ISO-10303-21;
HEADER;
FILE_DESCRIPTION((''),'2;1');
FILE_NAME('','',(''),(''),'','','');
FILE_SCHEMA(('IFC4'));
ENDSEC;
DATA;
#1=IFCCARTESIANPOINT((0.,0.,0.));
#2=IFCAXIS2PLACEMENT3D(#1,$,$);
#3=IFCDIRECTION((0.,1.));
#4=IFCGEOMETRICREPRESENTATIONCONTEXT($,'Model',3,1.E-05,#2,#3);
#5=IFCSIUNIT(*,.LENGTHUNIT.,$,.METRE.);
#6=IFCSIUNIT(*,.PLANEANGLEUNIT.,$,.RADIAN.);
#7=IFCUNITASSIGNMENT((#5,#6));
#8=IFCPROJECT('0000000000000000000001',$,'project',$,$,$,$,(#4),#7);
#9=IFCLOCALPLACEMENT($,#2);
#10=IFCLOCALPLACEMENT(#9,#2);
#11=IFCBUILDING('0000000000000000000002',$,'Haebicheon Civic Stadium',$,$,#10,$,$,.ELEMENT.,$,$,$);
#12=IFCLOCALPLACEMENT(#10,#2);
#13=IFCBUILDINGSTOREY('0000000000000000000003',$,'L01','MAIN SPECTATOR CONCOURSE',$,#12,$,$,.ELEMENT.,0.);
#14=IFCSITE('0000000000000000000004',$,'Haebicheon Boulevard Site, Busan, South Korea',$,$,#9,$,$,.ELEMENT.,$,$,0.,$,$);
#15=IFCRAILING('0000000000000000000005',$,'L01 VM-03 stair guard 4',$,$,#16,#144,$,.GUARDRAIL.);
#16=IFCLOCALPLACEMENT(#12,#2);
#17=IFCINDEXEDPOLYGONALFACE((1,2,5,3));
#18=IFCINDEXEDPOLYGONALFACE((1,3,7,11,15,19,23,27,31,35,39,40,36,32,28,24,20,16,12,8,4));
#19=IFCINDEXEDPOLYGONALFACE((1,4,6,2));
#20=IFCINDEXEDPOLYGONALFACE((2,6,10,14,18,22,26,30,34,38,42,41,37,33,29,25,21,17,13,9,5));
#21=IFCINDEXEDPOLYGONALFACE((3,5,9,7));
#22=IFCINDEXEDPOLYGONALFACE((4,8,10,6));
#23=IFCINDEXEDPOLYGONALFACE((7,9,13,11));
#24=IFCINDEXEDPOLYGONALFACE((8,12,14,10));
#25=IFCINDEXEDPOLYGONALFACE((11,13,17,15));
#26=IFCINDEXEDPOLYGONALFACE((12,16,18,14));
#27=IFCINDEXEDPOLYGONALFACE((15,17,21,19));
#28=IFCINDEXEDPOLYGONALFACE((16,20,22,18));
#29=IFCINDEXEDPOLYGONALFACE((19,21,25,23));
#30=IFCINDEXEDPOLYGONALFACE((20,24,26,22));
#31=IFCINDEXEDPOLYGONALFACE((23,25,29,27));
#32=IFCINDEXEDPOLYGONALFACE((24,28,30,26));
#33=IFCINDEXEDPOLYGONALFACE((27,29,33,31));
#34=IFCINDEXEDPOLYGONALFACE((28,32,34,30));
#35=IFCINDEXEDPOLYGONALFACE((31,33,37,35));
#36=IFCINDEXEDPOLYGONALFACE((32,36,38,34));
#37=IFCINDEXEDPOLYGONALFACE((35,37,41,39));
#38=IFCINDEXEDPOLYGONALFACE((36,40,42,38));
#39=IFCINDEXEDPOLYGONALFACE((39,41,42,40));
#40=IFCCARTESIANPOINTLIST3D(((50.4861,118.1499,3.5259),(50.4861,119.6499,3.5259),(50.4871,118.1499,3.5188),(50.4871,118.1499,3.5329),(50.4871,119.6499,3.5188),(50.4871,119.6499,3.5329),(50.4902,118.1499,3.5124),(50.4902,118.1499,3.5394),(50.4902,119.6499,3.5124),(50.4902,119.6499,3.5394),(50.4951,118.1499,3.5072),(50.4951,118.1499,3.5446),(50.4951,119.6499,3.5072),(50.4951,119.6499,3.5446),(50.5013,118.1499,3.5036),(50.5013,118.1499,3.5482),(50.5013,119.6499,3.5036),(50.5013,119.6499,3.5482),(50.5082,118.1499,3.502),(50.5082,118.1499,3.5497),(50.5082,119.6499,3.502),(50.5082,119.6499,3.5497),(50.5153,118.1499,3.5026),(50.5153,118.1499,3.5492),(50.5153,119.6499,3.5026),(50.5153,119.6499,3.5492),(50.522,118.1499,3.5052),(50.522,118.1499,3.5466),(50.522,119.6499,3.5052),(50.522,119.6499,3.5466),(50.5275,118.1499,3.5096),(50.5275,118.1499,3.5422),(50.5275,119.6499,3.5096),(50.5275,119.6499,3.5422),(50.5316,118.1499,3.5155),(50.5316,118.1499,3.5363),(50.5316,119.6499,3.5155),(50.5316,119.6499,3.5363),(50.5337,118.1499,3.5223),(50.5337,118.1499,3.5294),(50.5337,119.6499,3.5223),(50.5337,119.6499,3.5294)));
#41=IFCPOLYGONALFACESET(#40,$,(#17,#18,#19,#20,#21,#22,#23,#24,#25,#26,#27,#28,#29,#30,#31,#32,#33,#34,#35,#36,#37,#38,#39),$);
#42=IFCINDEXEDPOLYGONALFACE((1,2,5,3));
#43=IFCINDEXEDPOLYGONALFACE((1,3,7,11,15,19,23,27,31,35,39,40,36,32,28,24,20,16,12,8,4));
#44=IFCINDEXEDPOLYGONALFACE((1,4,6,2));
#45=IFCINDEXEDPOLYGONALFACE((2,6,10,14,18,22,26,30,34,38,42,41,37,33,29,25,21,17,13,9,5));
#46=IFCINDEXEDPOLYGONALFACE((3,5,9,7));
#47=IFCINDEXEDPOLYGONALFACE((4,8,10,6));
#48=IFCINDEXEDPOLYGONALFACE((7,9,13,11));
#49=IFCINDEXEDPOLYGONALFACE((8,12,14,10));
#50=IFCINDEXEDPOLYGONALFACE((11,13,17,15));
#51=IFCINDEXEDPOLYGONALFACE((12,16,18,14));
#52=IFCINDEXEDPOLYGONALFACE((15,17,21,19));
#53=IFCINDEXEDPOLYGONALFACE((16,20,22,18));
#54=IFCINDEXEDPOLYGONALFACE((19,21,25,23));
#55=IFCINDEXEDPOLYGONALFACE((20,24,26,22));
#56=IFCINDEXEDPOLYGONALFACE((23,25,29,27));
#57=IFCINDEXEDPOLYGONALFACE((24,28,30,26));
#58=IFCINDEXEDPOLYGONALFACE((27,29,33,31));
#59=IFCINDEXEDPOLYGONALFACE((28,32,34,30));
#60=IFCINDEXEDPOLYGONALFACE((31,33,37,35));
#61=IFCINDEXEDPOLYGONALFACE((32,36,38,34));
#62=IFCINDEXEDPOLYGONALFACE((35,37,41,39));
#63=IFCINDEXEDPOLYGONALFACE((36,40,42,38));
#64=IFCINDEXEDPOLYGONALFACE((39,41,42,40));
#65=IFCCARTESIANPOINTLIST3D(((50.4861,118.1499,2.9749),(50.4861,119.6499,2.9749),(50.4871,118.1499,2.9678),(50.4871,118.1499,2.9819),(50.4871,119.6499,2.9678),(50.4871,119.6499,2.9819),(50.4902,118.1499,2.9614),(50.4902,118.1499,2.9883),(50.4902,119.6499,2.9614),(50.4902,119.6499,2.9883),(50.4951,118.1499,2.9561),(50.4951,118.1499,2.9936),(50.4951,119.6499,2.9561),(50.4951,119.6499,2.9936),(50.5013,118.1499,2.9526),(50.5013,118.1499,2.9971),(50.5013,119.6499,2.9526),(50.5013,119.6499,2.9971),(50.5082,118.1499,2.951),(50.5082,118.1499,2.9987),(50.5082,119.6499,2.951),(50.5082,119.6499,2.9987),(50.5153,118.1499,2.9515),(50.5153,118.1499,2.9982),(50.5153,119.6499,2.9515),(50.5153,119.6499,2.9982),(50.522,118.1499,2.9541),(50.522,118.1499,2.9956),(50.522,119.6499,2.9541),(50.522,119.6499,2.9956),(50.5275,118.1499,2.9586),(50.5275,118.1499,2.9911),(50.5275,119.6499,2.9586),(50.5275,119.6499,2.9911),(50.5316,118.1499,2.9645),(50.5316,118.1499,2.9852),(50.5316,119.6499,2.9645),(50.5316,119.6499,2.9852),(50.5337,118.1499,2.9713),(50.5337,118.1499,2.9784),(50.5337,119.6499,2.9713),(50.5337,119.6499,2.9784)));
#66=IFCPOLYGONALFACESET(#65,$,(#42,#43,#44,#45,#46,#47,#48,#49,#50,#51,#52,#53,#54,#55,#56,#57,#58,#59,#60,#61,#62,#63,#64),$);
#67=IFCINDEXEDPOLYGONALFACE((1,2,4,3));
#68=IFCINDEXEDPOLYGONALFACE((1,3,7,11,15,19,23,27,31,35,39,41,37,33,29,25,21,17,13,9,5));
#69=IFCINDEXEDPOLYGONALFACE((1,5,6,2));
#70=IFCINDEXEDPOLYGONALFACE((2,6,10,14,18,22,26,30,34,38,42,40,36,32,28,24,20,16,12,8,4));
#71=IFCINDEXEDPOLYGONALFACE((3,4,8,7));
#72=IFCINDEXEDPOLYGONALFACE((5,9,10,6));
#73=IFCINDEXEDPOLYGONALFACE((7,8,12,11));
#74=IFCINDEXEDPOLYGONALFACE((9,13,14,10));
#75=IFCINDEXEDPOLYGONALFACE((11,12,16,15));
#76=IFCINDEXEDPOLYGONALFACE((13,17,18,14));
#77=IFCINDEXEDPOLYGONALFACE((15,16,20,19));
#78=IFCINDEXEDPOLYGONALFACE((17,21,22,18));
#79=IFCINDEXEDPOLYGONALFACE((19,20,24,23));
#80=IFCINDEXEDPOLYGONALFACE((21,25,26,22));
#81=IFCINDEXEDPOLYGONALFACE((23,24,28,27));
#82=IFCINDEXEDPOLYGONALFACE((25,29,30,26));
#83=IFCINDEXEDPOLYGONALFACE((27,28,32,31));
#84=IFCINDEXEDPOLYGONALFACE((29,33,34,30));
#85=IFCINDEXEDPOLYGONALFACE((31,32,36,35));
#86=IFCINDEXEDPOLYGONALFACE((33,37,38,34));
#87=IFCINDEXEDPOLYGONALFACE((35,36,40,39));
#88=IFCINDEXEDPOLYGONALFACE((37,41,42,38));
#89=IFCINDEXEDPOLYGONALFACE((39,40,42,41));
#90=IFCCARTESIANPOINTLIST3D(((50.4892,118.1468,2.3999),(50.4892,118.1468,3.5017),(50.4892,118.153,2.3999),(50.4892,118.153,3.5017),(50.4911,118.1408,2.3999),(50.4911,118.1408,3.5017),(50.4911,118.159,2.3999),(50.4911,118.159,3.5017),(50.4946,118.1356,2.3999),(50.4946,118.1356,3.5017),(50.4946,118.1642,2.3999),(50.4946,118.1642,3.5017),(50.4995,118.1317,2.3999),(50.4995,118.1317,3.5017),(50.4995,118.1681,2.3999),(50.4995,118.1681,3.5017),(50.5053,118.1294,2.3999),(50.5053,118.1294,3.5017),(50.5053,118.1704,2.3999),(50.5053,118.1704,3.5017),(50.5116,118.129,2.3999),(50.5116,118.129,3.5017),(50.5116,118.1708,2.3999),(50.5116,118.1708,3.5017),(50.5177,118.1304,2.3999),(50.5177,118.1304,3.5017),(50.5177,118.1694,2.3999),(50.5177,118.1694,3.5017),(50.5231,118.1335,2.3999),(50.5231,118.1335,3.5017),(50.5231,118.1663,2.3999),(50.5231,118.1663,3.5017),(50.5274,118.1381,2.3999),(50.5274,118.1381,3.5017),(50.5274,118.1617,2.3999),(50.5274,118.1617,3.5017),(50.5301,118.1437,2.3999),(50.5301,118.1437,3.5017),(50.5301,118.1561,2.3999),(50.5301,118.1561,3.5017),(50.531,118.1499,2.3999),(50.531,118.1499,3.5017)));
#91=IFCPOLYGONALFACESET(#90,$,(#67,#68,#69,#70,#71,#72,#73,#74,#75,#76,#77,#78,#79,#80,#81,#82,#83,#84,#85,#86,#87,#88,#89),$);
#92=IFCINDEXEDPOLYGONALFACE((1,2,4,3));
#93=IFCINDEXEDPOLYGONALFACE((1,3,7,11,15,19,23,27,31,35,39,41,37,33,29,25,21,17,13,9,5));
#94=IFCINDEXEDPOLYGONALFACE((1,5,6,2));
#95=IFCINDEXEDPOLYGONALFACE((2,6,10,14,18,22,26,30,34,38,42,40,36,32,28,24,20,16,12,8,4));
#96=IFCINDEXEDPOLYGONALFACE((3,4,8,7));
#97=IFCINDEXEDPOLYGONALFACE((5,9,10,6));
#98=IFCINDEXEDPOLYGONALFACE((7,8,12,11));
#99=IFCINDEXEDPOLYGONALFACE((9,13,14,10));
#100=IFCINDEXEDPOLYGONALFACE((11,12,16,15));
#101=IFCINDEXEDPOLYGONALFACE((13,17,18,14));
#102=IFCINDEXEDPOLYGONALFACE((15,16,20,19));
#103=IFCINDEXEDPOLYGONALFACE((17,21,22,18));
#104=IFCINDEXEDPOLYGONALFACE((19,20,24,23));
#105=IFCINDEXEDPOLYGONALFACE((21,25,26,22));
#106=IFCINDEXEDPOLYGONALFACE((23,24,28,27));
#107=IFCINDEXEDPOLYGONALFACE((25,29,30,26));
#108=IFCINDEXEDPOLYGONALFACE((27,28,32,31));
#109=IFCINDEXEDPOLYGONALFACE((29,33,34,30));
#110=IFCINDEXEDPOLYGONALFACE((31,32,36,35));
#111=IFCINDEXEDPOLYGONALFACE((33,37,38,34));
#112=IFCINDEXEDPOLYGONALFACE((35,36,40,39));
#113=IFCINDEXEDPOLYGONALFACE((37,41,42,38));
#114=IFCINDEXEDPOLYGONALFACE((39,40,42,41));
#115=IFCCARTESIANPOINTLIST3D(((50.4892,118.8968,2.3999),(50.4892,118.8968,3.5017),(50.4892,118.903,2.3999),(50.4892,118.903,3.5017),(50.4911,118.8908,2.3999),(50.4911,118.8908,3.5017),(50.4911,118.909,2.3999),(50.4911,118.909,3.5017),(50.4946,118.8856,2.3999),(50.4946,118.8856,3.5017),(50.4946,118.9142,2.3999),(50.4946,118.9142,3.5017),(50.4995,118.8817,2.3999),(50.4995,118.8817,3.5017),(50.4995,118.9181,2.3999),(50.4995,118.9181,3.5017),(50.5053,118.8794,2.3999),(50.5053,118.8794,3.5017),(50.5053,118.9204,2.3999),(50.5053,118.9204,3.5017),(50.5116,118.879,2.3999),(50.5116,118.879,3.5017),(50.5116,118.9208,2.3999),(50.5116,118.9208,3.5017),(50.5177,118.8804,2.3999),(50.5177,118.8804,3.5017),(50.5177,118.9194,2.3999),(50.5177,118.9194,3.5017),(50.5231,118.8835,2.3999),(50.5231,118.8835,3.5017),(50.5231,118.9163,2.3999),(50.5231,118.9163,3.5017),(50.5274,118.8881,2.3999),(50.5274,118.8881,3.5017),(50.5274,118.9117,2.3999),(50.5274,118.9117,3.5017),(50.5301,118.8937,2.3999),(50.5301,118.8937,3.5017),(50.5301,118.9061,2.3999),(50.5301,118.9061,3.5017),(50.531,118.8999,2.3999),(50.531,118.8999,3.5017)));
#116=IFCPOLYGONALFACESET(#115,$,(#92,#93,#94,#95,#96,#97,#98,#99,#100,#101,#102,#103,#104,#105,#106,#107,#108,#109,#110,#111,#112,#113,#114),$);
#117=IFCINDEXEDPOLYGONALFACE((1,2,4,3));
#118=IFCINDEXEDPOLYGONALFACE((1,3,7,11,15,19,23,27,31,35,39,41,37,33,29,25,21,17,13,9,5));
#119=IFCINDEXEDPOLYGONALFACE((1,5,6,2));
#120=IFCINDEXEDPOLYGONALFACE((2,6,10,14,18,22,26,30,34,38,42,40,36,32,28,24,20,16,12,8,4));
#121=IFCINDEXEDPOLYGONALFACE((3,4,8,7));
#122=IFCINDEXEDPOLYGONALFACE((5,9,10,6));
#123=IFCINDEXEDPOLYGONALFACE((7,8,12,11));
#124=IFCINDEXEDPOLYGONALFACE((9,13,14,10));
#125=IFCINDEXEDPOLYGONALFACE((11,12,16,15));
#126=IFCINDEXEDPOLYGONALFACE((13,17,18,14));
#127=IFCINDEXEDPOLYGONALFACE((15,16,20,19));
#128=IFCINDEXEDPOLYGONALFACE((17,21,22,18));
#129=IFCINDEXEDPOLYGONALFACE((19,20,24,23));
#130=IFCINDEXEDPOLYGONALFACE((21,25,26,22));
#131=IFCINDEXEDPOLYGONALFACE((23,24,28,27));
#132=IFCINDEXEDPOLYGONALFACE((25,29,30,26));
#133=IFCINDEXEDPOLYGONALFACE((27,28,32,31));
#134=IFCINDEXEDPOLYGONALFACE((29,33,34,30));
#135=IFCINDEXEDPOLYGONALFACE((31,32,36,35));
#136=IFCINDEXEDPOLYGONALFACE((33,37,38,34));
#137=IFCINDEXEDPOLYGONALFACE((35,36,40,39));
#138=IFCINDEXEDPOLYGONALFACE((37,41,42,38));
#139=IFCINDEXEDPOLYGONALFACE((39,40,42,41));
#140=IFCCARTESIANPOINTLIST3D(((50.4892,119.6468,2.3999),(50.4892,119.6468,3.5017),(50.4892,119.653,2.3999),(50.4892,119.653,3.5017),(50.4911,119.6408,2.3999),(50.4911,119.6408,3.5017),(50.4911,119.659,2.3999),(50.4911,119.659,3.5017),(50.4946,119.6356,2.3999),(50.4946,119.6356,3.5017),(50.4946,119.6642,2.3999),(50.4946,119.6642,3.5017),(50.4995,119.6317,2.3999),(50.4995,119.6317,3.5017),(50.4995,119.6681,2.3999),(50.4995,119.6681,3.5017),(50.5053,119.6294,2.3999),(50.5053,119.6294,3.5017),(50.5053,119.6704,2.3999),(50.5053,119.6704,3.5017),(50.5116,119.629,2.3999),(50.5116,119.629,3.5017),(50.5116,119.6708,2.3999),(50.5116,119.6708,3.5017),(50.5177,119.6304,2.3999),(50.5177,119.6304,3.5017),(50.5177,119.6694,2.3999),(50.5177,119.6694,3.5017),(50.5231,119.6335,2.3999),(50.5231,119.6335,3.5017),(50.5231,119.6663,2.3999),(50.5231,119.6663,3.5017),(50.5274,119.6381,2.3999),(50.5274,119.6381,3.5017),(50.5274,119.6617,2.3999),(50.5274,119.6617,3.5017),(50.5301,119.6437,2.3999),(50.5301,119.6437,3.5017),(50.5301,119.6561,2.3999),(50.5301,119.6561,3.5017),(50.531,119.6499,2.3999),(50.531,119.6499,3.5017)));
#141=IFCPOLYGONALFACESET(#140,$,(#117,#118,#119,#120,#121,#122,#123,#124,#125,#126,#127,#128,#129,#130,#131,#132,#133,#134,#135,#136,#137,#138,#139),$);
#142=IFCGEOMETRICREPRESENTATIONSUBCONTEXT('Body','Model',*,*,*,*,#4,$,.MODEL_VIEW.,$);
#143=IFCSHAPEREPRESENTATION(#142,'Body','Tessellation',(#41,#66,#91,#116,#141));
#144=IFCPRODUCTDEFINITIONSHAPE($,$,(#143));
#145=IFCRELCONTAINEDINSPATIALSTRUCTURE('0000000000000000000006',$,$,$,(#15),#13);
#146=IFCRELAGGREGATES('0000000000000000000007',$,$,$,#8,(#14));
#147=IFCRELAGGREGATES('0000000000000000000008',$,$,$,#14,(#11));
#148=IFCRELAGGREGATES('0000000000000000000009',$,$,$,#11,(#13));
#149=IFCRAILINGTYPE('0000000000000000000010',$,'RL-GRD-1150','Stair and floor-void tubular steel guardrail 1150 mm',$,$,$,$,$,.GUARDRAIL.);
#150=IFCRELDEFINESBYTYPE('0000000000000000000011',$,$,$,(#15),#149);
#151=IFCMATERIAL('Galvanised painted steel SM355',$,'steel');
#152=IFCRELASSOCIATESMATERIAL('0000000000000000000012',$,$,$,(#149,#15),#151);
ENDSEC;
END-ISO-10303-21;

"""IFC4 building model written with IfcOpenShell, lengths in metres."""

from ifc_helpers import new_model, si_unit, direction, frame, origin, origin_2d, place, context, subcontext, project, spatial, circle, extrude, material, type_object, element, save


model = new_model("IFC4")

# Units and contexts
model_context = context("Model", 3, precision=1e-05, world=origin(), true_north=direction((0.0, 1.0)))
body_context = subcontext(model_context, "Body", "Model", "MODEL_VIEW")
ifc_project = project(units=[si_unit("LENGTHUNIT", "METRE"), si_unit("PLANEANGLEUNIT", "RADIAN")], contexts=[model_context])

# Site, building, storey
site_placement = place(None, origin())
site = spatial("IfcSite", under=ifc_project, at=site_placement, Name="Haebicheon Boulevard Site, Busan, South Korea", CompositionType="ELEMENT", RefElevation=0.0)
building_placement = place(site_placement, origin())
building = spatial("IfcBuilding", under=site, at=building_placement, Name="Haebicheon Civic Stadium", CompositionType="ELEMENT")
storey_placement = place(building_placement, origin())
storey = spatial("IfcBuildingStorey", under=building, at=storey_placement, Name="L01", Description="MAIN SPECTATOR CONCOURSE", CompositionType="ELEMENT", Elevation=0.0)

# Railing
ifc_material_1 = material(Name="Galvanised painted steel SM355", Category="steel")
railing_type_1 = type_object("IfcRailingType", Name="RL-GRD-1150", Description="Stair and floor-void tubular steel guardrail 1150 mm", PredefinedType="GUARDRAIL", material=ifc_material_1)
for number, where, name in (
    (1, (50.51, 118.1499, 2.3999), "L01 VM-03 stair guard 4"),
):
    element("IfcRailing", number, at=place(storey_placement, frame(where)), inside=storey, type_object=railing_type_1, material=ifc_material_1, Name=name, PredefinedType="GUARDRAIL", context=body_context, shape_type="SweptSolid", body=[
        extrude(circle(Radius=0.0239, at=origin_2d()), frame((0.0, 0.0, 1.126), z_axis=(0.0, 1.0, 0.0), x_axis=(-1.0, 0.0, 0.0)), (0.0, 0.0, 1.0), 1.5),
        extrude(circle(Radius=0.0239, at=origin_2d()), frame((0.0, 0.0, 0.575), z_axis=(0.0, 1.0, 0.0), x_axis=(-1.0, 0.0, 0.0)), (0.0, 0.0, 1.0), 1.5),
        extrude(circle(Radius=0.021, at=origin_2d()), origin(), (0.0, 0.0, 1.0), 1.1018),
        extrude(circle(Radius=0.021, at=origin_2d()), frame((0.0, 0.75, 0.0)), (0.0, 0.0, 1.0), 1.1018),
        extrude(circle(Radius=0.021, at=origin_2d()), frame((0.0, 1.5, 0.0)), (0.0, 0.0, 1.0), 1.1018),
    ])

save(model, "model.ifc")
